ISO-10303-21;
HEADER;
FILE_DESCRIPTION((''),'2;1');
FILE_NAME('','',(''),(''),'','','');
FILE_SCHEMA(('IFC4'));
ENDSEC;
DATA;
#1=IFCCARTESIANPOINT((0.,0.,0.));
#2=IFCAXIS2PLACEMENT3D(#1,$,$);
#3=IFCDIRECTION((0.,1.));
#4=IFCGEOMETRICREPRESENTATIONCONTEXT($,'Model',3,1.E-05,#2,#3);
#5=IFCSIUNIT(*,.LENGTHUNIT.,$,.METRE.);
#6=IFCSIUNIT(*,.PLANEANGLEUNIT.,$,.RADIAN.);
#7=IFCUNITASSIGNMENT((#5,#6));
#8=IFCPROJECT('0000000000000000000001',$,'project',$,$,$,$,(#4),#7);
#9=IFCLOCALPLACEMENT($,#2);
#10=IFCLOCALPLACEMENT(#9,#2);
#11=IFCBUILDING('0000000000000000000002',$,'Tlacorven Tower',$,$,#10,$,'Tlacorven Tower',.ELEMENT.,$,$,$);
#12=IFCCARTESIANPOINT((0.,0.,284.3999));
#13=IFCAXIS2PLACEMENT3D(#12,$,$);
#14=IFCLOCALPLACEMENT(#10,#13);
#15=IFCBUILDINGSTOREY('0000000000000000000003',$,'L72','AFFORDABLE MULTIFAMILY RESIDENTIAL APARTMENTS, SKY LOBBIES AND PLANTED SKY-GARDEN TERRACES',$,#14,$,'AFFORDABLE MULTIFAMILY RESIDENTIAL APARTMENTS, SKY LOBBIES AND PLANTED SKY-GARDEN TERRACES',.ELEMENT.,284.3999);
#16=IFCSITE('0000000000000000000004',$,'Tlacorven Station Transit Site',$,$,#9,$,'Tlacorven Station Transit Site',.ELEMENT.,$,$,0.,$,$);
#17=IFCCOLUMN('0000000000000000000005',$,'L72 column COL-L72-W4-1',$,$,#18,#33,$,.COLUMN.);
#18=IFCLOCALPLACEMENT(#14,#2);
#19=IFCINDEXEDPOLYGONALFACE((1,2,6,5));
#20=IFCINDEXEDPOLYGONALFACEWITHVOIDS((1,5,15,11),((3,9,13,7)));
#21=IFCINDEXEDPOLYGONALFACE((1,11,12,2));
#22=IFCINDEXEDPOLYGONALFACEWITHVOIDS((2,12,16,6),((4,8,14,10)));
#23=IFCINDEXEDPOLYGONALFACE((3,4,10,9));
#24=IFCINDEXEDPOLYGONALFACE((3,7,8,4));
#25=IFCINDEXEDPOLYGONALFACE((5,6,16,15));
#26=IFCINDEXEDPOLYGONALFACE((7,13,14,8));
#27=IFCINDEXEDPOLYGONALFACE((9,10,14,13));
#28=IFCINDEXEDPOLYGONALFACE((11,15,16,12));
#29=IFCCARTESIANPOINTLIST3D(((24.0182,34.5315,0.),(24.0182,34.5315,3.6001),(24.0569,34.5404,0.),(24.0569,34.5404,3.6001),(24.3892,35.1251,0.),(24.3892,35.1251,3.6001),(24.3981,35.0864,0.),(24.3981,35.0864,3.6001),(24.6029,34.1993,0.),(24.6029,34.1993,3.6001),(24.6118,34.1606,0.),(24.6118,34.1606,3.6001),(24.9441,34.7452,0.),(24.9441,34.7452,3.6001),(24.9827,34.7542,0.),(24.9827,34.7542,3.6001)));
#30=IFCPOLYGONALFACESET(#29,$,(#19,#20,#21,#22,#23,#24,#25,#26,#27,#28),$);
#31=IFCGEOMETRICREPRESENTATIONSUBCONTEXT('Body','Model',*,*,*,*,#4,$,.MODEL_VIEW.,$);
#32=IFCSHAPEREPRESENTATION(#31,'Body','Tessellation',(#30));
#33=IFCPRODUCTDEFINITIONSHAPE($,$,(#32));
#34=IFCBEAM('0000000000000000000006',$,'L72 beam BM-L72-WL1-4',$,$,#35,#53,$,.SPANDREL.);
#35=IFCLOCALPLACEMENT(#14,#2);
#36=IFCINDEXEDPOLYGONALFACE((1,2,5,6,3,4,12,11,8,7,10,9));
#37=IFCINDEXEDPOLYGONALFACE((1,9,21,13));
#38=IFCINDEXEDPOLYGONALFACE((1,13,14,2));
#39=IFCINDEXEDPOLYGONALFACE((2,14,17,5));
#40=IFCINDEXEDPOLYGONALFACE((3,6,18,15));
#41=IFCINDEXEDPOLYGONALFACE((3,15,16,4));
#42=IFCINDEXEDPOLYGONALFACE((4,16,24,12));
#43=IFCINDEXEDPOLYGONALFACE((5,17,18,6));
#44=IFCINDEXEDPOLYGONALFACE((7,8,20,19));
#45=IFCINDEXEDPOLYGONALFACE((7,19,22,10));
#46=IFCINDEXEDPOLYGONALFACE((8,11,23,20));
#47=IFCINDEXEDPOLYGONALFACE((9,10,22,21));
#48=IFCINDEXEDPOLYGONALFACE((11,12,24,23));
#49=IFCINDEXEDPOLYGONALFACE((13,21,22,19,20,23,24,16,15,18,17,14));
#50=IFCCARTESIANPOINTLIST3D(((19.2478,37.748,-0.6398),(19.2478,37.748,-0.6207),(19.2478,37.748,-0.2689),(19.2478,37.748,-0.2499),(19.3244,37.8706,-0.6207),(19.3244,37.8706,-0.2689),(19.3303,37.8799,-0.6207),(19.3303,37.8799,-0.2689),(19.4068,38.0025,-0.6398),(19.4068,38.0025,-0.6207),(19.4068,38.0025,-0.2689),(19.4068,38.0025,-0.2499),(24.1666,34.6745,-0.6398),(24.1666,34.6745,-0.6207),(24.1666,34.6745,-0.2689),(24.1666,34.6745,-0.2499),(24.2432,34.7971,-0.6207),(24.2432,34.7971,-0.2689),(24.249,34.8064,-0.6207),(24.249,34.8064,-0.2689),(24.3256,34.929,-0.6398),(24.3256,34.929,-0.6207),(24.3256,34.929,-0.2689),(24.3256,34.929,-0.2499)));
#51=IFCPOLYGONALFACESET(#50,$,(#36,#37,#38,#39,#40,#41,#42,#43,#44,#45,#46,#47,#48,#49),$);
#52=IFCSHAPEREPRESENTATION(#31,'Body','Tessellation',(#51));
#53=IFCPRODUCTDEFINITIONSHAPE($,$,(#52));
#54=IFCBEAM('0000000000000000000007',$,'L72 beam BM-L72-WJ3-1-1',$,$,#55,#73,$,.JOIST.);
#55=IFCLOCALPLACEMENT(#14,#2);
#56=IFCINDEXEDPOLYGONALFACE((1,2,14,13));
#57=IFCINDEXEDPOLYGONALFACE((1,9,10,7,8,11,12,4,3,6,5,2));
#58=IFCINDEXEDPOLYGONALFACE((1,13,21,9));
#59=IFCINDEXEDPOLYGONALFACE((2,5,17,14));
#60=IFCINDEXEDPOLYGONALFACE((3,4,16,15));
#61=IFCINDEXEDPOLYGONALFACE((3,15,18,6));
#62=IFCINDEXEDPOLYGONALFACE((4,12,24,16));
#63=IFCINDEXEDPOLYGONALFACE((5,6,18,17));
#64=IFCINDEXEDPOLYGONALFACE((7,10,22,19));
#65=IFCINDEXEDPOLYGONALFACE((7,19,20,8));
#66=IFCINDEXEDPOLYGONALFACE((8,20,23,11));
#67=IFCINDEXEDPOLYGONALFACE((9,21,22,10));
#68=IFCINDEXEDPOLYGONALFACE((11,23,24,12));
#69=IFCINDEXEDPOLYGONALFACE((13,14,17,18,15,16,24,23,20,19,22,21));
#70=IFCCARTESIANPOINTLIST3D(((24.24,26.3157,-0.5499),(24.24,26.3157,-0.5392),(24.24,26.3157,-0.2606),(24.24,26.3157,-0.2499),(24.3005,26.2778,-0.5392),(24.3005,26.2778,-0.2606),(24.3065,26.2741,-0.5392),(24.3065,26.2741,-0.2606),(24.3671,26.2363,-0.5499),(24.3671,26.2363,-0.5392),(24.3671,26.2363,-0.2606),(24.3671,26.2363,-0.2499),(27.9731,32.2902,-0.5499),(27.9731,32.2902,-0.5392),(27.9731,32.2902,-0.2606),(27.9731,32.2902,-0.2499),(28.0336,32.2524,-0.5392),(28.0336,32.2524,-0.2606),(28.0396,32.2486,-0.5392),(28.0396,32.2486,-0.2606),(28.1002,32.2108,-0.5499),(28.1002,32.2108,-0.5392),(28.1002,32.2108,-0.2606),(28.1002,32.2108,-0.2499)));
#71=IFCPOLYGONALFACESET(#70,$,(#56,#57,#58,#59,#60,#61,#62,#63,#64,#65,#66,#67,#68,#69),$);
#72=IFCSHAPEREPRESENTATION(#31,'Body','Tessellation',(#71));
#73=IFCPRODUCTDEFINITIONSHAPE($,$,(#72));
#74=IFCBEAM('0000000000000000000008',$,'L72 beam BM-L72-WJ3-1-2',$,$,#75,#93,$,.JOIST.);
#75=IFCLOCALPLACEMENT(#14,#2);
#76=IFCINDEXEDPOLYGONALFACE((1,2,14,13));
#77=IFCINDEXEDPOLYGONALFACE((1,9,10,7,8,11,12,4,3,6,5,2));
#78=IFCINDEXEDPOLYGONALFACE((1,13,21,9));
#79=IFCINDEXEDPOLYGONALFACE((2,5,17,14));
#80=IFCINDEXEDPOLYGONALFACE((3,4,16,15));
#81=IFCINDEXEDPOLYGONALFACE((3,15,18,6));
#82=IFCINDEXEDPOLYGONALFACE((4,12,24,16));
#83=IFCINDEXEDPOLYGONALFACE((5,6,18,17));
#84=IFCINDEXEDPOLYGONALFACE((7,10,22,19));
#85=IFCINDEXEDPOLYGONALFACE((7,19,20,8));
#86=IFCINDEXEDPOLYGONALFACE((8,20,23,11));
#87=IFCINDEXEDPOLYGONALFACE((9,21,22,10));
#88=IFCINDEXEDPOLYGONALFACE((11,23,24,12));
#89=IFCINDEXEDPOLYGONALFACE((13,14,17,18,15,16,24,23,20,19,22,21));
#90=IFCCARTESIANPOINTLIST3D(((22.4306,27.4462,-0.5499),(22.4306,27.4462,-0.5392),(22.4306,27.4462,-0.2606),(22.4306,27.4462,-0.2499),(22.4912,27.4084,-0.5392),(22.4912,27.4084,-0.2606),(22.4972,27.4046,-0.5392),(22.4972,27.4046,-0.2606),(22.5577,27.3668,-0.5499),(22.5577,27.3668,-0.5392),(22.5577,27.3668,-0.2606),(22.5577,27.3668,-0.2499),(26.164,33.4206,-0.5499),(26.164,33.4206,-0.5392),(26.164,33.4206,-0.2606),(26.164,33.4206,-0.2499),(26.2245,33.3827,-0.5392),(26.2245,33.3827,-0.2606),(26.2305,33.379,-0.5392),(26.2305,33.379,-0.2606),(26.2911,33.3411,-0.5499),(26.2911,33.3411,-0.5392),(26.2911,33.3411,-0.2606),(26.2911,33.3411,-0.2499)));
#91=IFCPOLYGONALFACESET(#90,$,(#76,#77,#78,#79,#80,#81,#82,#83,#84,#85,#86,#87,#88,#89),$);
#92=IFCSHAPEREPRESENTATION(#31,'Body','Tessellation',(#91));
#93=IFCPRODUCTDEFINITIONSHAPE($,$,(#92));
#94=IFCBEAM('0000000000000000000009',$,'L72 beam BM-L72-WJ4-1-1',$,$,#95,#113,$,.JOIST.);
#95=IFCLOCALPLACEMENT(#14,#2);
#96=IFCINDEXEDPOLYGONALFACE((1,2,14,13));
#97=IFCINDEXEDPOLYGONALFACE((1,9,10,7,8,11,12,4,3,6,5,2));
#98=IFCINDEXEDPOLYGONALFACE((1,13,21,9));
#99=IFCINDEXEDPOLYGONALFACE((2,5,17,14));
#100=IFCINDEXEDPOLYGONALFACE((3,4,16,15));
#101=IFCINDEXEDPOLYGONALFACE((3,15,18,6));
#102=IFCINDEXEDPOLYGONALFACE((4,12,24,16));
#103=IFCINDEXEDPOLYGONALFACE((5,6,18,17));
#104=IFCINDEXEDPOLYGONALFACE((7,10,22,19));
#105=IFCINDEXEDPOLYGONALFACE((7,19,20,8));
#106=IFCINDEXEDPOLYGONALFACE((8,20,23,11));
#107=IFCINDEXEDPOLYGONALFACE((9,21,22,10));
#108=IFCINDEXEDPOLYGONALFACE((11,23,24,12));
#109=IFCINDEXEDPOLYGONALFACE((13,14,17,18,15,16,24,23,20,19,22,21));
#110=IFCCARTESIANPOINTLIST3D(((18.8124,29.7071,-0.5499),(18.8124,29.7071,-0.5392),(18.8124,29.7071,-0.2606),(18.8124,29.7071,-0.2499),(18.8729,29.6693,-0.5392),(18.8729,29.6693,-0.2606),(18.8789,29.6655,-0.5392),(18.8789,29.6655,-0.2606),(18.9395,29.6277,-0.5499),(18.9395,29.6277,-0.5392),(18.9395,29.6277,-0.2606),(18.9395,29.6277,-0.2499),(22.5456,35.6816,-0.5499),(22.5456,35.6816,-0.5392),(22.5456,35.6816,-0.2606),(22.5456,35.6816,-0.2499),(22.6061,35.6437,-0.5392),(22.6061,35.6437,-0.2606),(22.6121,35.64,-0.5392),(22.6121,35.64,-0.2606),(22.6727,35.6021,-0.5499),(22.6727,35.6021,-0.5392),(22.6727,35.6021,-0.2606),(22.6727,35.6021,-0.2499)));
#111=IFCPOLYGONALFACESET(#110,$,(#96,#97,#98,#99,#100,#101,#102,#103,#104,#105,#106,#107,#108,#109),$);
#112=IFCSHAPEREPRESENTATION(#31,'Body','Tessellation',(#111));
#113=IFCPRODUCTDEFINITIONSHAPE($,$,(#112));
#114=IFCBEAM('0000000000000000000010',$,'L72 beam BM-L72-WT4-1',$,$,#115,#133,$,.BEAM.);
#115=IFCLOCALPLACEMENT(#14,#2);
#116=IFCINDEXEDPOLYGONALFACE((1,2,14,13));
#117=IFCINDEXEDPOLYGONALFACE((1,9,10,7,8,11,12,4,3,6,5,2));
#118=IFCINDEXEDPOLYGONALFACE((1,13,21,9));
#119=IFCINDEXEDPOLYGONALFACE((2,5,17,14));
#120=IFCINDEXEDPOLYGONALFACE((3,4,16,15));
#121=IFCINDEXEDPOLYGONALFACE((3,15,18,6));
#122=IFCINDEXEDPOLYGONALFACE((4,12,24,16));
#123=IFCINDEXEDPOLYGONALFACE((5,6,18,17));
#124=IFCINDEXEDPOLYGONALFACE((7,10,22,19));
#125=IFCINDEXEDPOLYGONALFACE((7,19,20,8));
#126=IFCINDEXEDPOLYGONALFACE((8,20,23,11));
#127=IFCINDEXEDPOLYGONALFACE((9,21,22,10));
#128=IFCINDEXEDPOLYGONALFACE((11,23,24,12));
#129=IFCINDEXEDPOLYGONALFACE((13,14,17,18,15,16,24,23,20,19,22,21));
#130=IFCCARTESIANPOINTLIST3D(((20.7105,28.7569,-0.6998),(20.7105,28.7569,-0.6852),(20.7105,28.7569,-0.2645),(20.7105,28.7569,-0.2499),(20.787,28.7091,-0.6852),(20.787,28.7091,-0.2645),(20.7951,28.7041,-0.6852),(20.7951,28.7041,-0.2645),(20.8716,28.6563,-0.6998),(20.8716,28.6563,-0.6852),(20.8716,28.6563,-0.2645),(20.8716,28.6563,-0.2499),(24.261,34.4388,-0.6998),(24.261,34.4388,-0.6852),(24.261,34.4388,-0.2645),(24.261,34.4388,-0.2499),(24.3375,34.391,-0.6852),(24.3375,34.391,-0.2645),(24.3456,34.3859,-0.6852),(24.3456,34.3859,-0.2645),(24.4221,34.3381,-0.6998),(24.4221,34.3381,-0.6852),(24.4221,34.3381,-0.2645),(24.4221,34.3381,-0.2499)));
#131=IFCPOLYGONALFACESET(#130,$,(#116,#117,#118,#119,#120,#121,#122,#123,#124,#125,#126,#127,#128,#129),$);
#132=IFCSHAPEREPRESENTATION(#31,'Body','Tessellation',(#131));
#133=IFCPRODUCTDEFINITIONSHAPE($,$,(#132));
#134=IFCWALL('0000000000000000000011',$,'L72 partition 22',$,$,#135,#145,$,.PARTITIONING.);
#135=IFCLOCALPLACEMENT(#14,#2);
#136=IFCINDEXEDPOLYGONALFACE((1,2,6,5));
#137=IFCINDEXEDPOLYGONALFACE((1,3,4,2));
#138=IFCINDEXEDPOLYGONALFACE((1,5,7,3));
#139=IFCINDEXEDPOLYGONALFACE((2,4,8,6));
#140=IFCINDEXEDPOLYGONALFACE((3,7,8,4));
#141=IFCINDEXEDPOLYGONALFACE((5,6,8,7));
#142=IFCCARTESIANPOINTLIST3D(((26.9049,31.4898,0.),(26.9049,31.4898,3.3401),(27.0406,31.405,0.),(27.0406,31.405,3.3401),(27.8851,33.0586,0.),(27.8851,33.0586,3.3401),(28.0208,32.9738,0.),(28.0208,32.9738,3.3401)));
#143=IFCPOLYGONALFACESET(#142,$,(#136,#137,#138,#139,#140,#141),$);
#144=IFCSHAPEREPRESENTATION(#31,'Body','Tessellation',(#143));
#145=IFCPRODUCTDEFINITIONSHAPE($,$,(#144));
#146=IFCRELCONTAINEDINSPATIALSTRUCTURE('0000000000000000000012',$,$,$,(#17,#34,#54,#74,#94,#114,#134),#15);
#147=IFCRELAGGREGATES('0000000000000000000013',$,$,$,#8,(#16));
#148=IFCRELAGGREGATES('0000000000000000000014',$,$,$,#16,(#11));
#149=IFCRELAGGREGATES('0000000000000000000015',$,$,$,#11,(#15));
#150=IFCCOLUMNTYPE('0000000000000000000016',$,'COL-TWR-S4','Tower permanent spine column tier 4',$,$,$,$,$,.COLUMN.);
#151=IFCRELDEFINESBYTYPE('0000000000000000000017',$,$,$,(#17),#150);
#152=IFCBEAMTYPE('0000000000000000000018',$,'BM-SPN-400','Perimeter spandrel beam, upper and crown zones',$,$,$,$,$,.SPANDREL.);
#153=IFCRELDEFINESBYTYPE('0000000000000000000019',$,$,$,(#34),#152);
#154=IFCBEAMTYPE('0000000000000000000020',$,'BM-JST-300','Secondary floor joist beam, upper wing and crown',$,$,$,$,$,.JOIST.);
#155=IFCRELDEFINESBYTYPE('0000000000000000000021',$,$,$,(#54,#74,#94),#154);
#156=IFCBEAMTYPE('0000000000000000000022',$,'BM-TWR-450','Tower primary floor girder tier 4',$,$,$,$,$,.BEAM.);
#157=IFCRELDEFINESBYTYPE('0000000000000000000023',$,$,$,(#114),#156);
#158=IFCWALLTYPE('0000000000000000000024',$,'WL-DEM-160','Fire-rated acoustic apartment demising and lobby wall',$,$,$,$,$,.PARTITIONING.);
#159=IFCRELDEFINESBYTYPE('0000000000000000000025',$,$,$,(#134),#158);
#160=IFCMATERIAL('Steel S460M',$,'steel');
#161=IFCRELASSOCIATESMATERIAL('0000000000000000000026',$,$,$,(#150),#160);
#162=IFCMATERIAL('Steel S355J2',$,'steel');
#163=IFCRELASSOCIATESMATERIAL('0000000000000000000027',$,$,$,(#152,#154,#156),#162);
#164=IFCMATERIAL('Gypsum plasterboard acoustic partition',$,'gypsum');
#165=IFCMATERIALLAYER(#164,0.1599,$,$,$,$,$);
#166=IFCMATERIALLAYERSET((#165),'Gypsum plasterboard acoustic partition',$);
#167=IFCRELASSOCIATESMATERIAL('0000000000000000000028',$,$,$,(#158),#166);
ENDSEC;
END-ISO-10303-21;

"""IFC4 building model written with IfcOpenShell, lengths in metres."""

from ifc_helpers import new_model, si_unit, direction, frame, frame_2d, origin, origin_2d, place, context, subcontext, project, spatial, rectangle, hollow_rectangle, i_section, extrude, source, transform, mapped, material, layer, layer_set, material_profile, profile_set, type_object, element, save


model = new_model("IFC4")

# Units and contexts
model_context = context("Model", 3, precision=1e-05, world=origin(), true_north=direction((0.0, 1.0)))
body_context = subcontext(model_context, "Body", "Model", "MODEL_VIEW")
ifc_project = project(units=[si_unit("LENGTHUNIT", "METRE"), si_unit("PLANEANGLEUNIT", "RADIAN")], contexts=[model_context])

# Site, building, storey
site_placement = place(None, origin())
site = spatial("IfcSite", under=ifc_project, at=site_placement, Name="Tlacorven Station Transit Site", LongName="Tlacorven Station Transit Site", CompositionType="ELEMENT", RefElevation=0.0)
building_placement = place(site_placement, origin())
building = spatial("IfcBuilding", under=site, at=building_placement, Name="Tlacorven Tower", LongName="Tlacorven Tower", CompositionType="ELEMENT")
storey_placement = place(building_placement, frame((0.0, 0.0, 284.3999)))
storey = spatial("IfcBuildingStorey", under=building, at=storey_placement, Name="L72", Description="AFFORDABLE MULTIFAMILY RESIDENTIAL APARTMENTS, SKY LOBBIES AND PLANTED SKY-GARDEN TERRACES", LongName="AFFORDABLE MULTIFAMILY RESIDENTIAL APARTMENTS, SKY LOBBIES AND PLANTED SKY-GARDEN TERRACES", CompositionType="ELEMENT", Elevation=284.3999)

# Column
ifc_material_1 = material(Name="Steel S460M", Category="steel")
ifc_material_profile_1 = material_profile(ifc_material_1, hollow_rectangle(XDim=0.7, YDim=0.7, WallThickness=0.0281, at=origin_2d()), Name="BOX 700X700X28")
ifc_profile_set_1 = profile_set([ifc_material_profile_1], Name="Steel S460M")
column_type = type_object("IfcColumnType", Name="COL-TWR-S4", Description="Tower permanent spine column tier 4", PredefinedType="COLUMN", material=ifc_profile_set_1)
shared_shape_1 = source(origin(), body_context, "Body", "SweptSolid", [
    extrude(hollow_rectangle(XDim=0.7, YDim=0.7, WallThickness=0.0281, at=origin_2d()), origin(), (0.0, 0.0, 1.0), 3.6001),
])
column_placement = place(storey_placement, frame((24.5005, 34.6428, 0.0), z_axis=(0.0, 0.0, 1.0), x_axis=(-0.848048, 0.529919, 0.0)))
element("IfcColumn", 1, at=column_placement, inside=storey, type_object=column_type, Name="L72 column COL-L72-W4-1", PredefinedType="COLUMN", context=body_context, shape_type="MappedRepresentation", body=[
    mapped(shared_shape_1, transform((0.0, 0.0, 0.0), scale=1.0)),
])

# Beams
ifc_material_2 = material(Name="Steel S355J2", Category="steel")
ifc_material_profile_2 = material_profile(ifc_material_2, i_section(OverallWidth=0.3, OverallDepth=0.3899, WebThickness=0.011, FlangeThickness=0.019, at=origin_2d()), Name="HEA 400")
ifc_profile_set_2 = profile_set([ifc_material_profile_2], Name="Steel S355J2")
beam_type_1 = type_object("IfcBeamType", Name="BM-SPN-400", Description="Perimeter spandrel beam, upper and crown zones", PredefinedType="SPANDREL", material=ifc_profile_set_2)
shared_shape_2 = source(origin(), body_context, "Body", "SweptSolid", [
    extrude(i_section(OverallWidth=0.3, OverallDepth=0.3899, WebThickness=0.011, FlangeThickness=0.019, at=origin_2d()), origin(), (0.0, 0.0, 1.0), 5.8),
])
beam_1_placement = place(storey_placement, frame((24.2461, 34.8018, -0.4448), z_axis=(-0.848053, 0.529912, 0.0), x_axis=(-0.529912, -0.848053, 0.0)))
element("IfcBeam", 2, at=beam_1_placement, inside=storey, type_object=beam_type_1, Name="L72 beam BM-L72-WL1-4", PredefinedType="SPANDREL", context=body_context, shape_type="MappedRepresentation", body=[
    mapped(shared_shape_2, transform((0.0, 0.0, 0.0), scale=1.0)),
])
ifc_material_profile_3 = material_profile(ifc_material_2, i_section(OverallWidth=0.1499, OverallDepth=0.3, WebThickness=0.0071, FlangeThickness=0.0107, at=origin_2d()), Name="IPE 300")
ifc_profile_set_3 = profile_set([ifc_material_profile_3], Name="Steel S355J2")
beam_type_2 = type_object("IfcBeamType", Name="BM-JST-300", Description="Secondary floor joist beam, upper wing and crown", PredefinedType="JOIST", material=ifc_profile_set_3)
shared_shape_3 = source(origin(), body_context, "Body", "SweptSolid", [
    extrude(i_section(OverallWidth=0.1499, OverallDepth=0.3, WebThickness=0.0071, FlangeThickness=0.0107, at=origin_2d()), origin(), (0.0, 0.0, 1.0), 7.0449),
])
for number, where, z_axis, x_axis, name in (
    (3, (28.0366, 32.2505, -0.3999), (-0.529899, -0.848061, 0.0), (0.848061, -0.529899, 0.0), "L72 beam BM-L72-WJ3-1-1"),
    (4, (26.2275, 33.3809, -0.3999), (-0.52994, -0.848035, 0.0), (0.848035, -0.52994, 0.0), "L72 beam BM-L72-WJ3-1-2"),
    (5, (22.6091, 35.6418, -0.3999), (-0.529915, -0.848051, 0.0), (0.848051, -0.529915, 0.0), "L72 beam BM-L72-WJ4-1-1"),
):
    element("IfcBeam", number, at=place(storey_placement, frame(where, z_axis=z_axis, x_axis=x_axis)), inside=storey, type_object=beam_type_2, Name=name, PredefinedType="JOIST", context=body_context, shape_type="MappedRepresentation", body=[
        mapped(shared_shape_3, transform((0.0, 0.0, 0.0), scale=1.0)),
    ])
ifc_material_profile_4 = material_profile(ifc_material_2, i_section(OverallWidth=0.1899, OverallDepth=0.45, WebThickness=0.0095, FlangeThickness=0.0146, at=origin_2d()), Name="IPE 450")
ifc_profile_set_4 = profile_set([ifc_material_profile_4], Name="Steel S355J2")
beam_type_3 = type_object("IfcBeamType", Name="BM-TWR-450", Description="Tower primary floor girder tier 4", PredefinedType="BEAM", material=ifc_profile_set_4)
shared_shape_4 = source(origin(), body_context, "Body", "SweptSolid", [
    extrude(i_section(OverallWidth=0.1899, OverallDepth=0.45, WebThickness=0.0095, FlangeThickness=0.0146, at=origin_2d()), origin(), (0.0, 0.0, 1.0), 6.7),
])
beam_2_placement = place(storey_placement, frame((24.3416, 34.3884, -0.4749), z_axis=(-0.52993, -0.848041, 0.0), x_axis=(0.848041, -0.52993, 0.0)))
element("IfcBeam", 6, at=beam_2_placement, inside=storey, type_object=beam_type_3, Name="L72 beam BM-L72-WT4-1", PredefinedType="BEAM", context=body_context, shape_type="MappedRepresentation", body=[
    mapped(shared_shape_4, transform((0.0, 0.0, 0.0), scale=1.0)),
])

# Wall
ifc_material_3 = material(Name="Gypsum plasterboard acoustic partition", Category="gypsum")
ifc_layer_1 = layer(ifc_material_3, 0.1599)
ifc_layer_set_1 = layer_set([ifc_layer_1], Name="Gypsum plasterboard acoustic partition")
wall_type = type_object("IfcWallType", Name="WL-DEM-160", Description="Fire-rated acoustic apartment demising and lobby wall", PredefinedType="PARTITIONING", material=ifc_layer_set_1)
wall_1_placement = place(storey_placement, frame((27.9529, 33.0161, 0.0), z_axis=(0.0, 0.0, 1.0), x_axis=(-0.52988, -0.848072, 0.0)))
element("IfcWall", 7, at=wall_1_placement, inside=storey, type_object=wall_type, Name="L72 partition 22", PredefinedType="PARTITIONING", context=body_context, shape_type="SweptSolid", body=[
    extrude(rectangle(XDim=1.8499, YDim=0.1599, at=frame_2d((0.9248, 0.0))), origin(), (0.0, 0.0, 1.0), 3.3401),
])

save(model, "model.ifc")
